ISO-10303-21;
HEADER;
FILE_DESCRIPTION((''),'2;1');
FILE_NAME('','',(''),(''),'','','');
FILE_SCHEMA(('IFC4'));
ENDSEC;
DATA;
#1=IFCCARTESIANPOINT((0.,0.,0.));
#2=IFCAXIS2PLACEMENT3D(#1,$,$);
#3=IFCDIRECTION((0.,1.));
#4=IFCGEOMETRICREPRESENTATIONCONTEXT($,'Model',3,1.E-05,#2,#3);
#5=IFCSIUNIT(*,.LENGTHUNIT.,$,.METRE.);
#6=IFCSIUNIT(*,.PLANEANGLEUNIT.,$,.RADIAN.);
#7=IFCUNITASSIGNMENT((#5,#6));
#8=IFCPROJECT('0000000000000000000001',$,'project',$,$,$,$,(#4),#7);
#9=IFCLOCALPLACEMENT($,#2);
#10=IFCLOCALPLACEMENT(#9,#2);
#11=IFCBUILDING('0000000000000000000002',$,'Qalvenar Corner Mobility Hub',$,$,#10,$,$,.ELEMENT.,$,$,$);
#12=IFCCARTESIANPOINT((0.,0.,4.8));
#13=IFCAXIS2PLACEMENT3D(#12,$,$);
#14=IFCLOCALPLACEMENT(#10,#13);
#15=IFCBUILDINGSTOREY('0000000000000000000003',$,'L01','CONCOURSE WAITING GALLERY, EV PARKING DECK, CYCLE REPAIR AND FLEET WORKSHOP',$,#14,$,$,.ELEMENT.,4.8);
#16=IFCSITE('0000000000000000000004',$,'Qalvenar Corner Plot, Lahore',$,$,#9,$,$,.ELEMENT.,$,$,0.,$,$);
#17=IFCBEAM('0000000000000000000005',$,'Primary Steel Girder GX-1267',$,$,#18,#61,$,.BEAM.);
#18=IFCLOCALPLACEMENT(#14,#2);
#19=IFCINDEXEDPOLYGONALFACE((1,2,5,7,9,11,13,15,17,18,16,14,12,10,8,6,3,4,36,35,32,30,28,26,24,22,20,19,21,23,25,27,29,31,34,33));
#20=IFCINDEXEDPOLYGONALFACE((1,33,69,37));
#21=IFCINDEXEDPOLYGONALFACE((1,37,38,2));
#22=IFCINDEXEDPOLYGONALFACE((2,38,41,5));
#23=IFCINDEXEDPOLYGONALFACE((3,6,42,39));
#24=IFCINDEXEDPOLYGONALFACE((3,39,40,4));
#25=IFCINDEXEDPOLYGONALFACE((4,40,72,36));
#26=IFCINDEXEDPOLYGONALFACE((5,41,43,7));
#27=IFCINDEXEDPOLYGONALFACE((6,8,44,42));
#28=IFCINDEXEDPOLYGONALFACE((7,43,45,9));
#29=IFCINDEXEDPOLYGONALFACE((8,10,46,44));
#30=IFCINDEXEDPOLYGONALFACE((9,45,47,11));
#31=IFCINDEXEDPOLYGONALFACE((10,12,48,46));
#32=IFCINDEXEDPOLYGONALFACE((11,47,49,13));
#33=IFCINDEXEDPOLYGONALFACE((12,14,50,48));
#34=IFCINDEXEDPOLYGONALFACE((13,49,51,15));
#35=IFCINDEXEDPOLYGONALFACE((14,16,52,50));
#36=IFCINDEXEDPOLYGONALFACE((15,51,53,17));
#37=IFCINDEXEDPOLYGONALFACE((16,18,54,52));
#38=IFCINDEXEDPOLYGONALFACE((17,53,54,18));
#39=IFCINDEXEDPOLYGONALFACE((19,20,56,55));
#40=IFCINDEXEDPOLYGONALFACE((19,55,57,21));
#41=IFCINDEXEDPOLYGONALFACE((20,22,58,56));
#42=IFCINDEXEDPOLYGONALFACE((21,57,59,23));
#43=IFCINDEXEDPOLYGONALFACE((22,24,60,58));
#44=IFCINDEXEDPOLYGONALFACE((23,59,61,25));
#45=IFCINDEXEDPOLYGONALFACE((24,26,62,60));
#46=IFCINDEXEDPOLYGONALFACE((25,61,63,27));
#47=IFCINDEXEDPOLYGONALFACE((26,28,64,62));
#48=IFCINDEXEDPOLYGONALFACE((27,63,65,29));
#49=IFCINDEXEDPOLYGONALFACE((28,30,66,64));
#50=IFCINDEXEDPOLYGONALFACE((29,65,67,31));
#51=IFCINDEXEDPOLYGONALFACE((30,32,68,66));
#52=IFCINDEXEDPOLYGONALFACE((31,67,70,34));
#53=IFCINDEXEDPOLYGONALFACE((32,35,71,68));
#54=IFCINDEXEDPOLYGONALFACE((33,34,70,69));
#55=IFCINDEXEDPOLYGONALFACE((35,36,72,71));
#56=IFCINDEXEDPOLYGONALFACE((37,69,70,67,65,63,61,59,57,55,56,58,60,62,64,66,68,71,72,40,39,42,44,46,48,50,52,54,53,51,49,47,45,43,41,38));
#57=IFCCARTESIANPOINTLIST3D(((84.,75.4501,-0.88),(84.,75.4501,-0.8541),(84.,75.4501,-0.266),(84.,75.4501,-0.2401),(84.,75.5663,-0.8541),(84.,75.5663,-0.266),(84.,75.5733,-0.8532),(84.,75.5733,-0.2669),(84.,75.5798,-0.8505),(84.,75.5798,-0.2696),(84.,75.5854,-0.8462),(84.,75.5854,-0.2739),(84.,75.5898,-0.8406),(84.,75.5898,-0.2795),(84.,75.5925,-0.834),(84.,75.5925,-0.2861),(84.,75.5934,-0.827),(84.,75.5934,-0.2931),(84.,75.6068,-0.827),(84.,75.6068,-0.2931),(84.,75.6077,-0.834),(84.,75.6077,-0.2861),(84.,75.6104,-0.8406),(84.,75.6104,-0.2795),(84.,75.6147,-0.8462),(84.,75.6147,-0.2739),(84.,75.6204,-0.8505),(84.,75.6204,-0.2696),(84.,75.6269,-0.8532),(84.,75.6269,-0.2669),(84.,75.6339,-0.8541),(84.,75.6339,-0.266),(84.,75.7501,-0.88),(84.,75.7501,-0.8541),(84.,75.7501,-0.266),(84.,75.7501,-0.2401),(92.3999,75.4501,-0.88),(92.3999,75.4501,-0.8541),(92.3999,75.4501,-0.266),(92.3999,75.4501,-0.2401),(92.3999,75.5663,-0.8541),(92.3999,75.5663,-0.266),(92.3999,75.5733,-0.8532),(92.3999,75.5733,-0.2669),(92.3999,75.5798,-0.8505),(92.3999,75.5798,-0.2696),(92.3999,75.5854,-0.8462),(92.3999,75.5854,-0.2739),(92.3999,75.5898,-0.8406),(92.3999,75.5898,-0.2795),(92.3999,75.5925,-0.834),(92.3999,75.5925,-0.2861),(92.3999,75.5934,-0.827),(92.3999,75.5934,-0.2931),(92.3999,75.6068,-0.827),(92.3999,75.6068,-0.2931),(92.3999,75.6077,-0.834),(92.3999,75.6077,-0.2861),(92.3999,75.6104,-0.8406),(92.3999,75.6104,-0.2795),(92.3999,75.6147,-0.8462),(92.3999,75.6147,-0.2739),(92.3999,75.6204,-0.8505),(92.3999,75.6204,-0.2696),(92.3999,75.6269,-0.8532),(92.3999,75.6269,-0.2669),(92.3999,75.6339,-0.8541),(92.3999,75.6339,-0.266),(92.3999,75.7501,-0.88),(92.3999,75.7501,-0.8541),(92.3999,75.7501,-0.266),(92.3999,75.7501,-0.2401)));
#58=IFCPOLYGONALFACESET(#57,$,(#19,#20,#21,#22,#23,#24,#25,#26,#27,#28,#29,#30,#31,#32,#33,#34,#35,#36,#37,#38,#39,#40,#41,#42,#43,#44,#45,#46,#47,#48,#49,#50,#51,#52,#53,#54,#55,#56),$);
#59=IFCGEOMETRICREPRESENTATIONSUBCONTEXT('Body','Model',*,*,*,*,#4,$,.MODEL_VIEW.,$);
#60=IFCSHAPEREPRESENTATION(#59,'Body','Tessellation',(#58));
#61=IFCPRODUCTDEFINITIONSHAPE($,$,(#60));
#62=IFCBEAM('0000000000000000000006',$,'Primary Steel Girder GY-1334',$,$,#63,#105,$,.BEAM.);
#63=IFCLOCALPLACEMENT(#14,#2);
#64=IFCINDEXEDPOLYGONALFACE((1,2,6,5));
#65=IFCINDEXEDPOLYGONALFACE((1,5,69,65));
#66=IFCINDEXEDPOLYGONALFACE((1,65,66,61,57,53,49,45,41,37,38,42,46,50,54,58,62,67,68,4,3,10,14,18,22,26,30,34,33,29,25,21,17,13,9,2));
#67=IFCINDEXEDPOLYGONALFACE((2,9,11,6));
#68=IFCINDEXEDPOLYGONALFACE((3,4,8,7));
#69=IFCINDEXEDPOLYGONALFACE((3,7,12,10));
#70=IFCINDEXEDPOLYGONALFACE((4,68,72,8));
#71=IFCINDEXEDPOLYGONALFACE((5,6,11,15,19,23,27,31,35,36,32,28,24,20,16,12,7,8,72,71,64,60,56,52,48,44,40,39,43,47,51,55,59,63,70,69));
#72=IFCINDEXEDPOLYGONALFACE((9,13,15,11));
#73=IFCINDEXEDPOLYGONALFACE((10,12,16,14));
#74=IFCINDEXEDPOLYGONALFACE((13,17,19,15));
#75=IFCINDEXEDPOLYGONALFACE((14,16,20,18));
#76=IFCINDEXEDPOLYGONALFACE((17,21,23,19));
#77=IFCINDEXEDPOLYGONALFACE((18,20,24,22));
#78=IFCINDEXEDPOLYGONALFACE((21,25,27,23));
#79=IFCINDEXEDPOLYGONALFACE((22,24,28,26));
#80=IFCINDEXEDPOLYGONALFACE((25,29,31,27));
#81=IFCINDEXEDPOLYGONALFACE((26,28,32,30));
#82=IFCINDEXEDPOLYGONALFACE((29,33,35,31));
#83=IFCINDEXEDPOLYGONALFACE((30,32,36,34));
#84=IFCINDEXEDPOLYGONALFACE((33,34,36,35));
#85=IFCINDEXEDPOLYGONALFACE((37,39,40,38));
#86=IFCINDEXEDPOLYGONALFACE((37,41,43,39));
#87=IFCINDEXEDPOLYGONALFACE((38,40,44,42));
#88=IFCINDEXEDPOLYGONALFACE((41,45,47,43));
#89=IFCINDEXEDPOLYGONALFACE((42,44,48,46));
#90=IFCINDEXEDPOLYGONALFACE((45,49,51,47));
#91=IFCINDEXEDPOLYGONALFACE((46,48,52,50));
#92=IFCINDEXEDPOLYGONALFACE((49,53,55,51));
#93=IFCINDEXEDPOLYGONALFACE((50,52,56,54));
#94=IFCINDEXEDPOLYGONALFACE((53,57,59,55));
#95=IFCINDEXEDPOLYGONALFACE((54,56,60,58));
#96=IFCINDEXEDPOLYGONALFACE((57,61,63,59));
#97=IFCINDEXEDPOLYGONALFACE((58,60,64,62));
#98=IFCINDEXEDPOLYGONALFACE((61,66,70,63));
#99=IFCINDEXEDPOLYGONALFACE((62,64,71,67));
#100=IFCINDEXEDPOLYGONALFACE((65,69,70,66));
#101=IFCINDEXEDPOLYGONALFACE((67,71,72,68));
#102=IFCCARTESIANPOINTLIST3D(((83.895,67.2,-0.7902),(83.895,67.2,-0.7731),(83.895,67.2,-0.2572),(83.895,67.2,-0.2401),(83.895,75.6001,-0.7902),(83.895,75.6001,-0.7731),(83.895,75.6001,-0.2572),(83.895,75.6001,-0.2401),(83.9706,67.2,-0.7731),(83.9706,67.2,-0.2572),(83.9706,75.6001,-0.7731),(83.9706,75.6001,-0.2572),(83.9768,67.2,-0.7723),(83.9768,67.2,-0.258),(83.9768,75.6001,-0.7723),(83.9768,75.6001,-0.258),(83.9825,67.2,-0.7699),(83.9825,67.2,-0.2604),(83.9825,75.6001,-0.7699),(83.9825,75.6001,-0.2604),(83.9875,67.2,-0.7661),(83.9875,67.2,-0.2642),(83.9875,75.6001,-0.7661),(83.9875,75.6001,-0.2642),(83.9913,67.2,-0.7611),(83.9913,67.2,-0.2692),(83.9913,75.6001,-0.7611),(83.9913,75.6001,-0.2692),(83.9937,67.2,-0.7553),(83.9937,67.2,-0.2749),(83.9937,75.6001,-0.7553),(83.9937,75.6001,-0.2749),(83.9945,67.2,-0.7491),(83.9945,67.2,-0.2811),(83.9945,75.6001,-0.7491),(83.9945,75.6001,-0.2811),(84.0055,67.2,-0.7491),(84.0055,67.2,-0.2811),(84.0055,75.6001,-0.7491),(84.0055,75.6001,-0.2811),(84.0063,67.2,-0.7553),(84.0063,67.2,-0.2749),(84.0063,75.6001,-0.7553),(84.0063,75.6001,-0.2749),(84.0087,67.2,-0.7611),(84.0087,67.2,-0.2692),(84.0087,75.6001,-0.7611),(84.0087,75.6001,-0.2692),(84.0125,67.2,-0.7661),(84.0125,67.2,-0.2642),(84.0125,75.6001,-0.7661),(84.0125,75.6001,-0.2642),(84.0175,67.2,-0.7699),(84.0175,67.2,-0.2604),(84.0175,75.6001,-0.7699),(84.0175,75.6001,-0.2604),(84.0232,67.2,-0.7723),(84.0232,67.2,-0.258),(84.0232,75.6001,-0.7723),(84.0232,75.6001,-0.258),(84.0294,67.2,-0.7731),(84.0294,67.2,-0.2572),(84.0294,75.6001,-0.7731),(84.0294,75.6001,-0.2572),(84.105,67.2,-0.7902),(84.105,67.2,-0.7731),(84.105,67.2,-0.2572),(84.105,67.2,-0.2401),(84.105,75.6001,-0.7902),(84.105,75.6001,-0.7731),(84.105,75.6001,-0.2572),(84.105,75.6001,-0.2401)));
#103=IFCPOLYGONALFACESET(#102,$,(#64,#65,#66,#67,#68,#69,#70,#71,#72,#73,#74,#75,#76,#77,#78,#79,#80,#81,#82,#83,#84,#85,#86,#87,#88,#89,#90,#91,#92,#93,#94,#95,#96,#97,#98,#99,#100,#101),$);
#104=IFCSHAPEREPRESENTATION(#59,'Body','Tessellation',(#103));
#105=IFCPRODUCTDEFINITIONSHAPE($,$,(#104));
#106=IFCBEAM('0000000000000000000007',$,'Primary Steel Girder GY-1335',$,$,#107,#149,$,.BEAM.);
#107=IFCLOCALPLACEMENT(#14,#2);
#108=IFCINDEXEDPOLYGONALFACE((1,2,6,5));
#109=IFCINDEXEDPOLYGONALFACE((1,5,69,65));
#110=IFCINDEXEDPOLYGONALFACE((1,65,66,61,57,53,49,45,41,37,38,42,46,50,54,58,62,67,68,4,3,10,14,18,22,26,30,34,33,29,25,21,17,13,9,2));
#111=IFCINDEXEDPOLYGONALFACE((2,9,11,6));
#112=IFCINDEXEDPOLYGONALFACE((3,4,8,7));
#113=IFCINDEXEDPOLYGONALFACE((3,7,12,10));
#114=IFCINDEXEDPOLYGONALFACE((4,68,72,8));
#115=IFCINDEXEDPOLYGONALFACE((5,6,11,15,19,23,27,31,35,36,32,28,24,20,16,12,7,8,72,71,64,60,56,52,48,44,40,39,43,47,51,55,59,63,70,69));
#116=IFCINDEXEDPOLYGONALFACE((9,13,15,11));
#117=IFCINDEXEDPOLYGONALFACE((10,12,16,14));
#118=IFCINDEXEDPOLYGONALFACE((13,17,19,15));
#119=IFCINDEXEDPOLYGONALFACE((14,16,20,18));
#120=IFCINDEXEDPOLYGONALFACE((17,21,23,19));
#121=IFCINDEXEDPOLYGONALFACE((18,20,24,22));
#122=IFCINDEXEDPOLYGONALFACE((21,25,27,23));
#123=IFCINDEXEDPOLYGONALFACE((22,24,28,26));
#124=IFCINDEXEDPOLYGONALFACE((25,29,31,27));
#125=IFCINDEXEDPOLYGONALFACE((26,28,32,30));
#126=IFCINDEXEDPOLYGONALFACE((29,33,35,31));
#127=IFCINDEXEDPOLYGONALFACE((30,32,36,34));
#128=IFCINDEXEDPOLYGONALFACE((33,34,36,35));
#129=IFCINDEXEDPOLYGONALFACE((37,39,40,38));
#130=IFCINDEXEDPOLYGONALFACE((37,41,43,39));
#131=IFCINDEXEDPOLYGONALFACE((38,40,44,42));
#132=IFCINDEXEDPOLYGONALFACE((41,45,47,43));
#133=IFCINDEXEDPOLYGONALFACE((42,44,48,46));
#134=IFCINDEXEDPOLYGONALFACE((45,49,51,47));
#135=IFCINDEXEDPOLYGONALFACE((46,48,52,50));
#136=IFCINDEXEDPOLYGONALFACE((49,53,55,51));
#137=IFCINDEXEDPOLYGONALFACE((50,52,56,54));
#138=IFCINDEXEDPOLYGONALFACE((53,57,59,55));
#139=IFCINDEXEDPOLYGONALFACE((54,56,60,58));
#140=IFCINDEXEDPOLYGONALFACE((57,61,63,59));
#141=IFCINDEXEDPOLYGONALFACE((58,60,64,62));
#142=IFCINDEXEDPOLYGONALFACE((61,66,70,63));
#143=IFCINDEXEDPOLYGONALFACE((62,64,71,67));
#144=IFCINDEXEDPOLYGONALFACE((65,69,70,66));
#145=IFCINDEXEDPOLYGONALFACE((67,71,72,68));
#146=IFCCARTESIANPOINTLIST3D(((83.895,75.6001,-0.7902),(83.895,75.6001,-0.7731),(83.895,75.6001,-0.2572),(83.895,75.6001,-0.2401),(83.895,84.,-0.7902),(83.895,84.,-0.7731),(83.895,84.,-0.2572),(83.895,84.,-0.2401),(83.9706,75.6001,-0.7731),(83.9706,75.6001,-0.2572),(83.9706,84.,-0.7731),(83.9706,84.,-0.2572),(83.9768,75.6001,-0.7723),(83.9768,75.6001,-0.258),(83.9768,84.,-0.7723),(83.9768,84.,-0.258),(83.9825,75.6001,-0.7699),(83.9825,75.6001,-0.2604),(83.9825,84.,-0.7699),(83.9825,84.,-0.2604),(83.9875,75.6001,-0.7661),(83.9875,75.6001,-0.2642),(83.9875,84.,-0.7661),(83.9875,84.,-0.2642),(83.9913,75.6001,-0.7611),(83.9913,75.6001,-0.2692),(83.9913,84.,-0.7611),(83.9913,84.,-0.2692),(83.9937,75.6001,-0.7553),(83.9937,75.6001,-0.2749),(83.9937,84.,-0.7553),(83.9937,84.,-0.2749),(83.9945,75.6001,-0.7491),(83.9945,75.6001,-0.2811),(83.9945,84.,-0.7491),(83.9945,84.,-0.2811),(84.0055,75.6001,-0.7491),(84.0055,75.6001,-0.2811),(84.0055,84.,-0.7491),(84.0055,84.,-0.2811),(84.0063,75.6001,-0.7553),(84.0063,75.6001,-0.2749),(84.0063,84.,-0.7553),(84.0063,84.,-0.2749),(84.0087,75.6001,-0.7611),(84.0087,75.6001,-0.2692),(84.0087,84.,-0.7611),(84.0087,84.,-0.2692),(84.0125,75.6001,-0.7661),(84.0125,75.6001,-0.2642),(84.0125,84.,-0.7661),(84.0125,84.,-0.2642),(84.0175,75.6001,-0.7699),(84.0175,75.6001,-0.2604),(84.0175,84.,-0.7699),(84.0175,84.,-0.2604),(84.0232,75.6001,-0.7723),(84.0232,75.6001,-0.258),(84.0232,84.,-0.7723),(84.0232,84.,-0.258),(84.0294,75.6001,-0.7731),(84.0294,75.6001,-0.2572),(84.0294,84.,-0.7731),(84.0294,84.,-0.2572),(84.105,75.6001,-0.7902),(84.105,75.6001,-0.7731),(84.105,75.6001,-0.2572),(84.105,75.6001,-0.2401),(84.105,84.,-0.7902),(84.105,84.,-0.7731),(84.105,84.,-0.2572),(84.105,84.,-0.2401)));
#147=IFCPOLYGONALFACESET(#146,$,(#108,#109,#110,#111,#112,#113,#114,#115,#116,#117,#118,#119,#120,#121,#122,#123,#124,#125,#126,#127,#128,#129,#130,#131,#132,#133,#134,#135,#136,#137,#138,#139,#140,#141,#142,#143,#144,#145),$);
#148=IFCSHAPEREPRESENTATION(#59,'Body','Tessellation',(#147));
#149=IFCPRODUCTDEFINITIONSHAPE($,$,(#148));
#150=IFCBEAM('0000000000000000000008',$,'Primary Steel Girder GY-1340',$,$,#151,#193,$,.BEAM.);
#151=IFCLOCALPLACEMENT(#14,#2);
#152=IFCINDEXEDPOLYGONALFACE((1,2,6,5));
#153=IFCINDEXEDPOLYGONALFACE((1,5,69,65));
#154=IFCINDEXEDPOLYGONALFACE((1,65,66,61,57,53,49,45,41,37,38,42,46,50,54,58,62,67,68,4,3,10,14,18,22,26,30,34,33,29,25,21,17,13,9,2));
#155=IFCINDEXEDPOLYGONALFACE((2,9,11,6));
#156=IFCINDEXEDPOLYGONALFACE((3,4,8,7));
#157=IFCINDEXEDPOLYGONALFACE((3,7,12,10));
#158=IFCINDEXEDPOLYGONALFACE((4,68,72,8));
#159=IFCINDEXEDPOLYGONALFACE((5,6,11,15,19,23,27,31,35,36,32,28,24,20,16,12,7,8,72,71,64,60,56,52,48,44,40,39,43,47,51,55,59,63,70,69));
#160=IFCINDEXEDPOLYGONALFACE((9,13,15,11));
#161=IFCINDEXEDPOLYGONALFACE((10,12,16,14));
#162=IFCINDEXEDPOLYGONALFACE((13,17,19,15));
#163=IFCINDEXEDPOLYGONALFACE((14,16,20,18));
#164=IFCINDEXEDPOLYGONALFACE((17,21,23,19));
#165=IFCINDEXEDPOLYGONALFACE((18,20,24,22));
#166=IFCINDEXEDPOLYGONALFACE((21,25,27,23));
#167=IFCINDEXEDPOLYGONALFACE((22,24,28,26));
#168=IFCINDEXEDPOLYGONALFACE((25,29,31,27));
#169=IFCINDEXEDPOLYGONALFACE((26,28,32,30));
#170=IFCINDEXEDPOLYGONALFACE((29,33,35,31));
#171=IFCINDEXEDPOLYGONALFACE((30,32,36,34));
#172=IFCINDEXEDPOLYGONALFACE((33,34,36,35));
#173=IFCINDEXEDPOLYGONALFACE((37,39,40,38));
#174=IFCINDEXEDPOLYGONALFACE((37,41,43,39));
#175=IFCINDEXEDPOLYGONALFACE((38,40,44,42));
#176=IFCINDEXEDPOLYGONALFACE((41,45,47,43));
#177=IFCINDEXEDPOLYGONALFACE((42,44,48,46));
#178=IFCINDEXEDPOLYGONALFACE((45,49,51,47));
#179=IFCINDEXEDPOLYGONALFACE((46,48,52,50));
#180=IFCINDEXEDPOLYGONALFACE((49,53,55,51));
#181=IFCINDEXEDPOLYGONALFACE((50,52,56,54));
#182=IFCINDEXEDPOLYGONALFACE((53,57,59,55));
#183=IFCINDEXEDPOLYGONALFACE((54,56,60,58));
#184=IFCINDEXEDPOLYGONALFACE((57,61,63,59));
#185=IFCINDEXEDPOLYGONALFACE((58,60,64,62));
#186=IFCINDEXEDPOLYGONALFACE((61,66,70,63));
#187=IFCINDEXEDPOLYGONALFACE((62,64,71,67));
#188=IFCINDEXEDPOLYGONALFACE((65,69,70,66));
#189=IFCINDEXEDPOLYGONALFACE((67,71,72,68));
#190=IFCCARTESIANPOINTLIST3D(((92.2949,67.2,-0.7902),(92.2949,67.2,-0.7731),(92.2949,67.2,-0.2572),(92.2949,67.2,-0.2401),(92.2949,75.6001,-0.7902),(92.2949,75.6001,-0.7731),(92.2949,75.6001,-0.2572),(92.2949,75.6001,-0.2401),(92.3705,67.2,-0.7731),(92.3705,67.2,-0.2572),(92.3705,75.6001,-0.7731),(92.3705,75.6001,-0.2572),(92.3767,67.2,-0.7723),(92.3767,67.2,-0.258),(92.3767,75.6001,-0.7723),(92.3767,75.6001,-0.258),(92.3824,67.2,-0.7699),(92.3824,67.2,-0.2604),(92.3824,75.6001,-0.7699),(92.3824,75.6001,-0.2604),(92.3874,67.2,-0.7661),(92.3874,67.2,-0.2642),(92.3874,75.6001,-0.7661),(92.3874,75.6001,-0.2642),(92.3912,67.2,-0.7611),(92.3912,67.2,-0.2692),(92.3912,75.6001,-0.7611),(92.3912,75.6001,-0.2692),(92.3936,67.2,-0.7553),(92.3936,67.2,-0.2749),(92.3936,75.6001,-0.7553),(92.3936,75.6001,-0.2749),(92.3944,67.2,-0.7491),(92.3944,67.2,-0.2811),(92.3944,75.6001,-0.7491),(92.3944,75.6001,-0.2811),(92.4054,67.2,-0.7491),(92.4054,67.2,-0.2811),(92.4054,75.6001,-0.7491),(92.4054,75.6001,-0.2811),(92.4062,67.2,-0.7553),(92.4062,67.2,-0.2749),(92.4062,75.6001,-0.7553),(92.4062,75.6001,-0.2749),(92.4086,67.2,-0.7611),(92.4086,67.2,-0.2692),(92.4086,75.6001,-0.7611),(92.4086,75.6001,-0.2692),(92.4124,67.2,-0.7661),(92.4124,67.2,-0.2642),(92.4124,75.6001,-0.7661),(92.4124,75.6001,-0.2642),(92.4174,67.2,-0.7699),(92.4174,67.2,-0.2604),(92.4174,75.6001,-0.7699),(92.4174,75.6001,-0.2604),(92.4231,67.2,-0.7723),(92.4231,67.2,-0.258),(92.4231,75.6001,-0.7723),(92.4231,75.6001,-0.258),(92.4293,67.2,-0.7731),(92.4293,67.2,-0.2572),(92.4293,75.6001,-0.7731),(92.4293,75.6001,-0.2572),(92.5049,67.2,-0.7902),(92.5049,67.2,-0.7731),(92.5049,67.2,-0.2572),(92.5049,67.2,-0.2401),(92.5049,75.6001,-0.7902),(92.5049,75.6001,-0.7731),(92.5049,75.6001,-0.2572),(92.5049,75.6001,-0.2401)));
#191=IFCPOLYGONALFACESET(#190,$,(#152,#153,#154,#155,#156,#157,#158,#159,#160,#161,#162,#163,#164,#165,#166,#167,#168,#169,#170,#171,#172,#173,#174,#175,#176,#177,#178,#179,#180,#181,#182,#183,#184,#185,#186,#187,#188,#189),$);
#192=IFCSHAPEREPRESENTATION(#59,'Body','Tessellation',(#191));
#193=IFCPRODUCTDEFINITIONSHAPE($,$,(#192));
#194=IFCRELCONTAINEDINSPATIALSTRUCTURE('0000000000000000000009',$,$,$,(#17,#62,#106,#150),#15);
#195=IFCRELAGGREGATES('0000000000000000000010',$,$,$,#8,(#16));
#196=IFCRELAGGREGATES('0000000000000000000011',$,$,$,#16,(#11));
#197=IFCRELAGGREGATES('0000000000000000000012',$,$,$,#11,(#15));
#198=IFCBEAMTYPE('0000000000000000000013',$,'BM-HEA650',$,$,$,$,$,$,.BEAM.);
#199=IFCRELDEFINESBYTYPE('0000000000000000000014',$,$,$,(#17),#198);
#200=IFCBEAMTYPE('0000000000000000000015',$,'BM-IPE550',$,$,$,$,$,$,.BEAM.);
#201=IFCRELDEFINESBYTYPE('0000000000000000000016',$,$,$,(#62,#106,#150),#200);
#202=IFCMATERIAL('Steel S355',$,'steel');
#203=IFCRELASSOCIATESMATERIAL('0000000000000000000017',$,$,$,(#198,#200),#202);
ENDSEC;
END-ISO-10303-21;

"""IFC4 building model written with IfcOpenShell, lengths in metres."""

from ifc_helpers import new_model, si_unit, direction, frame, origin, origin_2d, place, context, subcontext, project, spatial, i_section, extrude, material, material_profile, profile_set, type_object, element, save


model = new_model("IFC4")

# Units and contexts
model_context = context("Model", 3, precision=1e-05, world=origin(), true_north=direction((0.0, 1.0)))
body_context = subcontext(model_context, "Body", "Model", "MODEL_VIEW")
ifc_project = project(units=[si_unit("LENGTHUNIT", "METRE"), si_unit("PLANEANGLEUNIT", "RADIAN")], contexts=[model_context])

# Site, building, storey
site_placement = place(None, origin())
site = spatial("IfcSite", under=ifc_project, at=site_placement, Name="Qalvenar Corner Plot, Lahore", CompositionType="ELEMENT", RefElevation=0.0)
building_placement = place(site_placement, origin())
building = spatial("IfcBuilding", under=site, at=building_placement, Name="Qalvenar Corner Mobility Hub", CompositionType="ELEMENT")
storey_placement = place(building_placement, frame((0.0, 0.0, 4.8)))
storey = spatial("IfcBuildingStorey", under=building, at=storey_placement, Name="L01", Description="CONCOURSE WAITING GALLERY, EV PARKING DECK, CYCLE REPAIR AND FLEET WORKSHOP", CompositionType="ELEMENT", Elevation=4.8)

# Shared definitions
ifc_material = material(Name="Steel S355", Category="steel")

# Beams
ifc_material_profile_1 = material_profile(ifc_material, i_section(OverallWidth=0.3, OverallDepth=0.6399, WebThickness=0.0134, FlangeThickness=0.0259, FilletRadius=0.0271, at=origin_2d()), Name="HEA650")
ifc_profile_set_1 = profile_set([ifc_material_profile_1], Name="Steel S355")
beam_type_1 = type_object("IfcBeamType", Name="BM-HEA650", PredefinedType="BEAM", material=ifc_profile_set_1)
beam_1_placement = place(storey_placement, frame((84.0, 75.6001, -0.5601), z_axis=(1.0, 0.0, 0.0), x_axis=(0.0, 1.0, 0.0)))
element("IfcBeam", 1, at=beam_1_placement, inside=storey, type_object=beam_type_1, Name="Primary Steel Girder GX-1267", PredefinedType="BEAM", context=body_context, shape_type="SweptSolid", body=[
    extrude(i_section(OverallWidth=0.3, OverallDepth=0.6399, WebThickness=0.0134, FlangeThickness=0.0259, FilletRadius=0.0271, at=origin_2d()), origin(), (0.0, 0.0, 1.0), 8.3999),
])
ifc_material_profile_2 = material_profile(ifc_material, i_section(OverallWidth=0.21, OverallDepth=0.55, WebThickness=0.011, FlangeThickness=0.0171, FilletRadius=0.0239, at=origin_2d()), Name="IPE550")
ifc_profile_set_2 = profile_set([ifc_material_profile_2], Name="Steel S355")
beam_type_2 = type_object("IfcBeamType", Name="BM-IPE550", PredefinedType="BEAM", material=ifc_profile_set_2)
beam_2_placement = place(storey_placement, frame((84.0, 67.2, -0.5151), z_axis=(0.0, 1.0, 0.0), x_axis=(-1.0, 0.0, 0.0)))
element("IfcBeam", 2, at=beam_2_placement, inside=storey, type_object=beam_type_2, Name="Primary Steel Girder GY-1334", PredefinedType="BEAM", context=body_context, shape_type="SweptSolid", body=[
    extrude(i_section(OverallWidth=0.21, OverallDepth=0.55, WebThickness=0.011, FlangeThickness=0.0171, FilletRadius=0.0239, at=origin_2d()), origin(), (0.0, 0.0, 1.0), 8.4001),
])
beam_3_placement = place(storey_placement, frame((84.0, 75.6001, -0.5151), z_axis=(0.0, 1.0, 0.0), x_axis=(-1.0, 0.0, 0.0)))
element("IfcBeam", 3, at=beam_3_placement, inside=storey, type_object=beam_type_2, Name="Primary Steel Girder GY-1335", PredefinedType="BEAM", context=body_context, shape_type="SweptSolid", body=[
    extrude(i_section(OverallWidth=0.21, OverallDepth=0.55, WebThickness=0.011, FlangeThickness=0.0171, FilletRadius=0.0239, at=origin_2d()), origin(), (0.0, 0.0, 1.0), 8.3999),
])
for number, where, z_axis, x_axis, name in (
    (4, (92.3999, 67.2, -0.5151), (0.0, 1.0, 0.0), (-1.0, 0.0, 0.0), "Primary Steel Girder GY-1340"),
):
    element("IfcBeam", number, at=place(storey_placement, frame(where, z_axis=z_axis, x_axis=x_axis)), inside=storey, type_object=beam_type_2, Name=name, PredefinedType="BEAM", context=body_context, shape_type="SweptSolid", body=[
        extrude(i_section(OverallWidth=0.21, OverallDepth=0.55, WebThickness=0.011, FlangeThickness=0.0171, FilletRadius=0.0239, at=origin_2d()), origin(), (0.0, 0.0, 1.0), 8.4001),
    ])

save(model, "model.ifc")
